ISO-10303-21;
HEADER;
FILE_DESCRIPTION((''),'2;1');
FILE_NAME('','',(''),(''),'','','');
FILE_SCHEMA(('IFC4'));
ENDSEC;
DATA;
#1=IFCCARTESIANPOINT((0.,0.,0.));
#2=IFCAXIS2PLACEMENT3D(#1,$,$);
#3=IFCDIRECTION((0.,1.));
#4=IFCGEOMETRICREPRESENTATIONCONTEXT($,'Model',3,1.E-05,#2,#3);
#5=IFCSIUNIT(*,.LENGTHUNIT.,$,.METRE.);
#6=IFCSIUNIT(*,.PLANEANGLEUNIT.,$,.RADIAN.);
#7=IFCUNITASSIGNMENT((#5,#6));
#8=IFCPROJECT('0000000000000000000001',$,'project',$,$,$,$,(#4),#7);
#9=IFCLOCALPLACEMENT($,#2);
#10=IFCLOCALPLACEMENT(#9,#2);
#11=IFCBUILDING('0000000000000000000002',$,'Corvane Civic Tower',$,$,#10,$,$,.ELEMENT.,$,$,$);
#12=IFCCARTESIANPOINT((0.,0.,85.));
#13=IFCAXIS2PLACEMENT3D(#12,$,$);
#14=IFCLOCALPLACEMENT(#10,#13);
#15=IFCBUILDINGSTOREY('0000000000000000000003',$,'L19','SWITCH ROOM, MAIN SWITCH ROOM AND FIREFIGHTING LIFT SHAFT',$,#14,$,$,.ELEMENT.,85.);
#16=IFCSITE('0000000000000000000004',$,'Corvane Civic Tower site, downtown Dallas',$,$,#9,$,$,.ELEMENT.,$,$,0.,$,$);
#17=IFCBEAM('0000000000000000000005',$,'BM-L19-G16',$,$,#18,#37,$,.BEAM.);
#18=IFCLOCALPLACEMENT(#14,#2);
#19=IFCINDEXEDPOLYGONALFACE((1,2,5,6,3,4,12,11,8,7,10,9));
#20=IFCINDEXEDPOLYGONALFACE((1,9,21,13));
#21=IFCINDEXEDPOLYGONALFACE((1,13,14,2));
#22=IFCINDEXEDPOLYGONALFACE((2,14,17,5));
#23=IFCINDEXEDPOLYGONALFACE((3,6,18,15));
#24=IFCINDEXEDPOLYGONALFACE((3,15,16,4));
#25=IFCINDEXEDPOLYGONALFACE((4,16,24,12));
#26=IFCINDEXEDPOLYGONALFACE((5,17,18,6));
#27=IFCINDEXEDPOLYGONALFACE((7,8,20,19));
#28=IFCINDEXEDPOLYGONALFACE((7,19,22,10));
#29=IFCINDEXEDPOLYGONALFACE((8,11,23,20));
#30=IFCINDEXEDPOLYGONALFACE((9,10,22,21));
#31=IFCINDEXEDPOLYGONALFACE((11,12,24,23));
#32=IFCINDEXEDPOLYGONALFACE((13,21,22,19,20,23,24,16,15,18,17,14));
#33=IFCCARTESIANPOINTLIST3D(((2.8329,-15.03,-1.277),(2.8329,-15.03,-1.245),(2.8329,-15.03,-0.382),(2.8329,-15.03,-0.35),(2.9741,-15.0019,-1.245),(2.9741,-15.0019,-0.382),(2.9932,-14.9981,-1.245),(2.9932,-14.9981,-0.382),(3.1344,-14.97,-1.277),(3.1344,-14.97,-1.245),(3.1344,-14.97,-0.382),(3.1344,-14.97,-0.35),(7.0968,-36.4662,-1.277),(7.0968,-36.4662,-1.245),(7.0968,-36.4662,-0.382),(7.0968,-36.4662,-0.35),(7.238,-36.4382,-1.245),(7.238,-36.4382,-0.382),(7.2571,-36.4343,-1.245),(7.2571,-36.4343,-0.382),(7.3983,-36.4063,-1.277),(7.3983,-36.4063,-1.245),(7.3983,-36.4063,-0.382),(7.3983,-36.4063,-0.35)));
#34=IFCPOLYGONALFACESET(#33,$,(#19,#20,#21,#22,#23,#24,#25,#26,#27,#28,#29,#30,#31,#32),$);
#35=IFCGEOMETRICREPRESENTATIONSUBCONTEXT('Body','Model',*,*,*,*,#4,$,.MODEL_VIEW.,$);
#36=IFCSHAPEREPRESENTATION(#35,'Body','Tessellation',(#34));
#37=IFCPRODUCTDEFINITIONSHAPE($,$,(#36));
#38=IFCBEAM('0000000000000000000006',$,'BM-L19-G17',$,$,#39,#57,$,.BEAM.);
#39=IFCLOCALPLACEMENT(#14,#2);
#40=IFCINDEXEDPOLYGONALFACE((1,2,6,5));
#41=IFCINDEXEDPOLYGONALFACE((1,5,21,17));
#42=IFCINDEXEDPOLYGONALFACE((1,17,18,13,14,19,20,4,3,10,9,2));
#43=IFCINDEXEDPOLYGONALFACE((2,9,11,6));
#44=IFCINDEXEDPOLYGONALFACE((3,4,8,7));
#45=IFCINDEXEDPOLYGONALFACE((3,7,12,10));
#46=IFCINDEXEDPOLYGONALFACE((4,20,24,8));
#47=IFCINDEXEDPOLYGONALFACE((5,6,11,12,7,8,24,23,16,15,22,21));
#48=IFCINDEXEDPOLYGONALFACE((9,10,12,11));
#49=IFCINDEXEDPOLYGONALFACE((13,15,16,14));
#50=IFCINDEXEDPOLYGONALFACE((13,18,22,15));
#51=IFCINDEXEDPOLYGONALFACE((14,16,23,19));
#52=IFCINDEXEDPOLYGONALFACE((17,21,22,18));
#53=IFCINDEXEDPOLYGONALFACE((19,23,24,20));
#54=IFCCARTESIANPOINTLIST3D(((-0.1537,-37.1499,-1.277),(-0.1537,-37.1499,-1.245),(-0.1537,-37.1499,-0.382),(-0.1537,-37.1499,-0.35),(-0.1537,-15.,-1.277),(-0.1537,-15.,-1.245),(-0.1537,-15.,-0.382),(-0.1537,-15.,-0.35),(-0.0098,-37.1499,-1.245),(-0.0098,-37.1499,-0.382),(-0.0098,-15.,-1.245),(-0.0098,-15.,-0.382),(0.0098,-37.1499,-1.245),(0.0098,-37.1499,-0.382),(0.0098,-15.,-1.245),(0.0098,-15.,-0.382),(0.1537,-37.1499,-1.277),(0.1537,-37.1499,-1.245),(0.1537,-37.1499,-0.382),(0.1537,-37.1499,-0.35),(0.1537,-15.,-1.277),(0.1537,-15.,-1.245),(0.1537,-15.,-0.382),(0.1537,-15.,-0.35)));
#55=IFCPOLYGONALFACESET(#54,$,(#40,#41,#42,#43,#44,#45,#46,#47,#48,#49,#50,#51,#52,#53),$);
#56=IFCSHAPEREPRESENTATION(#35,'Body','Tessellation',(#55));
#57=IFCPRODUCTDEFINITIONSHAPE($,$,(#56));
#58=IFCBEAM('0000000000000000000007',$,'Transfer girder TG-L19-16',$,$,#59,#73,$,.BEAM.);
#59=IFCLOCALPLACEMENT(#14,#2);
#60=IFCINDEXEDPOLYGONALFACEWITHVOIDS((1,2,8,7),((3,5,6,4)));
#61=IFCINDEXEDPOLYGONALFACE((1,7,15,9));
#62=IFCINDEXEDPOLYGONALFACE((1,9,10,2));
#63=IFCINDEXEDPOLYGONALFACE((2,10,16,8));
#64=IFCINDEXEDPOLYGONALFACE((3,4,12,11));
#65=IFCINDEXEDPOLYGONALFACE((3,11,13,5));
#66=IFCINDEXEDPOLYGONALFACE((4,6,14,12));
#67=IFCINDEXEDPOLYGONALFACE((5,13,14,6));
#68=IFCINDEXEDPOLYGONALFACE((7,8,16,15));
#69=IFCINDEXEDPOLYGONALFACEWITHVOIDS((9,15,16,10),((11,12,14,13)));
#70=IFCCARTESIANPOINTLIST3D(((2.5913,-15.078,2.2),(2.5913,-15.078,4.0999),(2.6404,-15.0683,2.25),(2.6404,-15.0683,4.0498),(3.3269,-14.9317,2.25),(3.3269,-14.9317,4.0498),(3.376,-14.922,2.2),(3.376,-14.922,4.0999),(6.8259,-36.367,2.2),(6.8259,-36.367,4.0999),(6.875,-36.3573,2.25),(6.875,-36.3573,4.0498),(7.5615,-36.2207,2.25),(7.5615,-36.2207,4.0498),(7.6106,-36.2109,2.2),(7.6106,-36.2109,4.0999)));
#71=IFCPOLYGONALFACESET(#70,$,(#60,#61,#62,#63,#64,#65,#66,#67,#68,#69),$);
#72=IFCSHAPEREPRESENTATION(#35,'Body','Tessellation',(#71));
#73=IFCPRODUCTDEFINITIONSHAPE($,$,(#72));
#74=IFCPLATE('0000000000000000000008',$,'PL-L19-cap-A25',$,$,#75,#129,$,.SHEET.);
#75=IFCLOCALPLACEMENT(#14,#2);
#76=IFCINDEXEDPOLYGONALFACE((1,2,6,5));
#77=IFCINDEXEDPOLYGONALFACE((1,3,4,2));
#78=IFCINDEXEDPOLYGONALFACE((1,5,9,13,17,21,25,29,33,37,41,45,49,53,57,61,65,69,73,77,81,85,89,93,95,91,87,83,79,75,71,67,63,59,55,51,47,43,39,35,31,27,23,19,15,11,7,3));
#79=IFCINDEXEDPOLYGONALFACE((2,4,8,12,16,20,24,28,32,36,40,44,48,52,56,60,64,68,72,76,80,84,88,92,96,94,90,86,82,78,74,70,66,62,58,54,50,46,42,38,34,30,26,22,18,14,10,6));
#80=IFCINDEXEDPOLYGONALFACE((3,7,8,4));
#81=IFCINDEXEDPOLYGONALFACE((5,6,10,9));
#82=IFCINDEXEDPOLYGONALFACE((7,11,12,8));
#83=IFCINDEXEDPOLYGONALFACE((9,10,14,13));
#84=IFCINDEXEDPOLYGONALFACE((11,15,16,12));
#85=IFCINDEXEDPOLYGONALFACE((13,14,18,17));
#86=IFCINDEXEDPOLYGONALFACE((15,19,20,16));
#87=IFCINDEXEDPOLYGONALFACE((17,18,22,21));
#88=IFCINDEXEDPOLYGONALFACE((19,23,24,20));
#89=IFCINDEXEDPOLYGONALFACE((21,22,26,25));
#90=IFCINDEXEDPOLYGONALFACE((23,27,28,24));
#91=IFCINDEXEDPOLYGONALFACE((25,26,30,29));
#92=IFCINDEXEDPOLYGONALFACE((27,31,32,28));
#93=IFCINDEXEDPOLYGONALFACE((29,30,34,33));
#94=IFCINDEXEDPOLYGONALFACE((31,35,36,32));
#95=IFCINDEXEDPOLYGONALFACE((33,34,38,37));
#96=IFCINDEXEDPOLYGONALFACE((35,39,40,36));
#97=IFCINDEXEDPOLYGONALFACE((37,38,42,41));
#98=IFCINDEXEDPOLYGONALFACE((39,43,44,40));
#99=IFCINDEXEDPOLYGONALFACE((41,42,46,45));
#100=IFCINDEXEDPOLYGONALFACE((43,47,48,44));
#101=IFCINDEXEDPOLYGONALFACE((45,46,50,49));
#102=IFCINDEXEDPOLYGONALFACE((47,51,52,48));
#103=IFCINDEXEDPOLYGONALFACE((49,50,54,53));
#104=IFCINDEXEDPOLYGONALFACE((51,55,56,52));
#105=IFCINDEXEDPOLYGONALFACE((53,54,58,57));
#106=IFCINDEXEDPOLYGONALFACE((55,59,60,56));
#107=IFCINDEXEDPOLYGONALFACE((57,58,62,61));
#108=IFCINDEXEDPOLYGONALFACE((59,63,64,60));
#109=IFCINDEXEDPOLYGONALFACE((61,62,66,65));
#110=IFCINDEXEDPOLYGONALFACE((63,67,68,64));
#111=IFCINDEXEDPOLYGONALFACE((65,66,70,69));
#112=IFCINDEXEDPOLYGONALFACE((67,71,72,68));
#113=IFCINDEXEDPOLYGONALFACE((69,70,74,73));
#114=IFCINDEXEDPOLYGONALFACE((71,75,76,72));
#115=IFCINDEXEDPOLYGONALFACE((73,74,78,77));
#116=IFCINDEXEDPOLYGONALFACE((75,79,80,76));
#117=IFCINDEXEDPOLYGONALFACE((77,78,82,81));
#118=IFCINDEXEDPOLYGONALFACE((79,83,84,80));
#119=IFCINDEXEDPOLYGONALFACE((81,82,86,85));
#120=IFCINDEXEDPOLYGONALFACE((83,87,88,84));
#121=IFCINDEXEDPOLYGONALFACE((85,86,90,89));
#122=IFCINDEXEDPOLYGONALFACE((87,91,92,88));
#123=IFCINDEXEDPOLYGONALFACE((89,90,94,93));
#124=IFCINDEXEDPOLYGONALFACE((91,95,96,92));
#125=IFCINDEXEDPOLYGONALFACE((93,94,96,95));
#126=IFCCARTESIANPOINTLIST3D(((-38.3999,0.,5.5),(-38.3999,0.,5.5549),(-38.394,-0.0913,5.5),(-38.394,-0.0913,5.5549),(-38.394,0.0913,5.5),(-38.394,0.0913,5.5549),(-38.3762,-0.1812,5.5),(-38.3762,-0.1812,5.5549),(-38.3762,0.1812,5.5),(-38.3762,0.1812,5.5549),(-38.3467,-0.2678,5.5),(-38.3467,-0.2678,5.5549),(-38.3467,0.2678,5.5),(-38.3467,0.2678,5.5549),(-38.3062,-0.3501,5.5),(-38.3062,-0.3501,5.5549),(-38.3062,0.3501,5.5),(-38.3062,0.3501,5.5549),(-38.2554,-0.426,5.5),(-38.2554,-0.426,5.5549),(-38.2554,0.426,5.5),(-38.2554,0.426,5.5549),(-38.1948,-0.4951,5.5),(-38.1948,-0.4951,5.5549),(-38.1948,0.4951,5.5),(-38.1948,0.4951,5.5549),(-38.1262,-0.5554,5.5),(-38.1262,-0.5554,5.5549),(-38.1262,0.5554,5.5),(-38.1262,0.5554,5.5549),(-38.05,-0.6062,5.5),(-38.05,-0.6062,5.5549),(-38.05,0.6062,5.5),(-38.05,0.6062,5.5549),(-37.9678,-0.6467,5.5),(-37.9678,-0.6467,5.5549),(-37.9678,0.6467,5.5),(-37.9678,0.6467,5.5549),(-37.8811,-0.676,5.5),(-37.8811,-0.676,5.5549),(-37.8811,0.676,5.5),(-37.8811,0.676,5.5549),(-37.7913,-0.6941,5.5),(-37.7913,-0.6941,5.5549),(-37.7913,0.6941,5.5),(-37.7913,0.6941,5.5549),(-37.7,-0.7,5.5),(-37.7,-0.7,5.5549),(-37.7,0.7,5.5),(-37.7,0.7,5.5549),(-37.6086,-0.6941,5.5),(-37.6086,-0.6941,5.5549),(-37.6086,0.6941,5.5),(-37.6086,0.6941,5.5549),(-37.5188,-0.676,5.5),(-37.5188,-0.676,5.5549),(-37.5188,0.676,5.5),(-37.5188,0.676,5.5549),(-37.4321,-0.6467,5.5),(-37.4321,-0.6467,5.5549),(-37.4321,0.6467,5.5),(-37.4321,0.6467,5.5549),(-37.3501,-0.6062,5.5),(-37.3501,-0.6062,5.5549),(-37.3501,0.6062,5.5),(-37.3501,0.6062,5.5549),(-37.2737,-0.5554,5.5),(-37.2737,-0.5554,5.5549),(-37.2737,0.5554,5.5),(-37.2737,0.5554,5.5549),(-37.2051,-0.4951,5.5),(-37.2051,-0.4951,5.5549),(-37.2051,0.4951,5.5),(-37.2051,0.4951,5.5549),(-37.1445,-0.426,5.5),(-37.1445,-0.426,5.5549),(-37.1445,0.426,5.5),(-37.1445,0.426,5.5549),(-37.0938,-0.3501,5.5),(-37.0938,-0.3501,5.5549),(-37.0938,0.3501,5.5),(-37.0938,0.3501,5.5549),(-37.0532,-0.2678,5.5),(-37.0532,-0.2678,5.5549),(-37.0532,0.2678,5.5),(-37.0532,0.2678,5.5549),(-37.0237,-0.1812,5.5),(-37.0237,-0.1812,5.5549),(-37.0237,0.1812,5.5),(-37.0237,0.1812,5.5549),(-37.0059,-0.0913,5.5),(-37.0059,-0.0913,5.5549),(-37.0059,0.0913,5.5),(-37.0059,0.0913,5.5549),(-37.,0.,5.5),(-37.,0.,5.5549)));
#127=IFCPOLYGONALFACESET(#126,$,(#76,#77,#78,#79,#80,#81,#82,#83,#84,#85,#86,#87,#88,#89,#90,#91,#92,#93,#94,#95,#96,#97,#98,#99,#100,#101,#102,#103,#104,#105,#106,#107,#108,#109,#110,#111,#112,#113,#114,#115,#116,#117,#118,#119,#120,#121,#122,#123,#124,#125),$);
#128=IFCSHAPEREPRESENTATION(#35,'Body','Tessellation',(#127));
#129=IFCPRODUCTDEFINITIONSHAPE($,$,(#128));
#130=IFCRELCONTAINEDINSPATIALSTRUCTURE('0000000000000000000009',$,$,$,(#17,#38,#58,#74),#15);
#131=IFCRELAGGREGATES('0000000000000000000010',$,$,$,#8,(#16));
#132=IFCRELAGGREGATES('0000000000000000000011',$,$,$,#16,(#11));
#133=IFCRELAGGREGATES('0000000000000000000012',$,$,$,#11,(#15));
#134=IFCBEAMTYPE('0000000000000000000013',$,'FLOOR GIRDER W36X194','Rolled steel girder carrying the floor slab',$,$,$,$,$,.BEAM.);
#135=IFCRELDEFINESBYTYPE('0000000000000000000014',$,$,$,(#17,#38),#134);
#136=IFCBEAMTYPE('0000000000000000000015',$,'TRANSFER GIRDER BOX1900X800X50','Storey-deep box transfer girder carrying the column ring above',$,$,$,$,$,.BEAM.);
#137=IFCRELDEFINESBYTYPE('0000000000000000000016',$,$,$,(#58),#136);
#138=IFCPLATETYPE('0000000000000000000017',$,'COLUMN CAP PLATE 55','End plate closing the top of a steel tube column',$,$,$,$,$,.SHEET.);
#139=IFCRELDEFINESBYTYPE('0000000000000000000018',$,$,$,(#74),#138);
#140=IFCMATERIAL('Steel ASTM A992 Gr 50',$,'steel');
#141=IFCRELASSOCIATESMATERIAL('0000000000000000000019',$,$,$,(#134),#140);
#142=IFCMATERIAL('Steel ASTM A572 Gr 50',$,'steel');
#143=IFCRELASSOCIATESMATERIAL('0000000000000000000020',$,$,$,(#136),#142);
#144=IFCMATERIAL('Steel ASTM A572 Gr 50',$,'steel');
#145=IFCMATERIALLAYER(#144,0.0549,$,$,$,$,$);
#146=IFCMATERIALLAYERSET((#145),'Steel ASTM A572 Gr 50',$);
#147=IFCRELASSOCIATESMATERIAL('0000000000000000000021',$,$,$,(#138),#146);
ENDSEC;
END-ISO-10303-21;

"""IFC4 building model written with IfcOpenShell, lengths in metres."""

from ifc_helpers import new_model, si_unit, direction, frame, origin, origin_2d, place, context, subcontext, project, spatial, polyline, hollow_rectangle, i_section, outline, extrude, material, layer, layer_set, material_profile, profile_set, type_object, element, save


model = new_model("IFC4")

# Units and contexts
model_context = context("Model", 3, precision=1e-05, world=origin(), true_north=direction((0.0, 1.0)))
body_context = subcontext(model_context, "Body", "Model", "MODEL_VIEW")
ifc_project = project(units=[si_unit("LENGTHUNIT", "METRE"), si_unit("PLANEANGLEUNIT", "RADIAN")], contexts=[model_context])

# Site, building, storey
site_placement = place(None, origin())
site = spatial("IfcSite", under=ifc_project, at=site_placement, Name="Corvane Civic Tower site, downtown Dallas", CompositionType="ELEMENT", RefElevation=0.0)
building_placement = place(site_placement, origin())
building = spatial("IfcBuilding", under=site, at=building_placement, Name="Corvane Civic Tower", CompositionType="ELEMENT")
storey_placement = place(building_placement, frame((0.0, 0.0, 85.0)))
storey = spatial("IfcBuildingStorey", under=building, at=storey_placement, Name="L19", Description="SWITCH ROOM, MAIN SWITCH ROOM AND FIREFIGHTING LIFT SHAFT", CompositionType="ELEMENT", Elevation=85.0)

# Beams
ifc_material_1 = material(Name="Steel ASTM A992 Gr 50", Category="steel")
ifc_material_profile_1 = material_profile(ifc_material_1, i_section(OverallWidth=0.3074, OverallDepth=0.927, WebThickness=0.0195, FlangeThickness=0.032, at=origin_2d()), Name="W36X194")
ifc_profile_set_1 = profile_set([ifc_material_profile_1], Name="Steel ASTM A992 Gr 50")
beam_type_1 = type_object("IfcBeamType", Name="FLOOR GIRDER W36X194", Description="Rolled steel girder carrying the floor slab", PredefinedType="BEAM", material=ifc_profile_set_1)
beam_1_placement = place(storey_placement, frame((2.9836, -15.0, -0.8135), z_axis=(0.195089, -0.980785, 0.0), x_axis=(0.980785, 0.195089, 0.0)))
element("IfcBeam", 1, at=beam_1_placement, inside=storey, type_object=beam_type_1, Name="BM-L19-G16", PredefinedType="BEAM", context=body_context, shape_type="SweptSolid", body=[
    extrude(i_section(OverallWidth=0.3074, OverallDepth=0.927, WebThickness=0.0195, FlangeThickness=0.032, at=origin_2d()), origin(), (0.0, 0.0, 1.0), 21.8562),
])
beam_2_placement = place(storey_placement, frame((0.0, -15.0, -0.8135), z_axis=(0.0, -1.0, 0.0), x_axis=(1.0, 0.0, 0.0)))
element("IfcBeam", 2, at=beam_2_placement, inside=storey, type_object=beam_type_1, Name="BM-L19-G17", PredefinedType="BEAM", context=body_context, shape_type="SweptSolid", body=[
    extrude(i_section(OverallWidth=0.3074, OverallDepth=0.927, WebThickness=0.0195, FlangeThickness=0.032, at=origin_2d()), origin(), (0.0, 0.0, 1.0), 22.1499),
])
ifc_material_2 = material(Name="Steel ASTM A572 Gr 50", Category="steel")
ifc_material_profile_2 = material_profile(ifc_material_2, hollow_rectangle(XDim=0.8, YDim=1.8999, WallThickness=0.05, at=origin_2d()), Name="BOX1900X800X50")
ifc_profile_set_2 = profile_set([ifc_material_profile_2], Name="Steel ASTM A572 Gr 50")
beam_type_2 = type_object("IfcBeamType", Name="TRANSFER GIRDER BOX1900X800X50", Description="Storey-deep box transfer girder carrying the column ring above", PredefinedType="BEAM", material=ifc_profile_set_2)
beam_3_placement = place(storey_placement, frame((2.9836, -15.0, 3.1499), z_axis=(0.195089, -0.980786, 0.0), x_axis=(0.980786, 0.195089, 0.0)))
element("IfcBeam", 3, at=beam_3_placement, inside=storey, type_object=beam_type_2, Name="Transfer girder TG-L19-16", PredefinedType="BEAM", context=body_context, shape_type="SweptSolid", body=[
    extrude(hollow_rectangle(XDim=0.8, YDim=1.8999, WallThickness=0.05, at=origin_2d()), origin(), (0.0, 0.0, 1.0), 21.7061),
])

# Plate
ifc_material_3 = material(Name="Steel ASTM A572 Gr 50", Category="steel")
ifc_layer_1 = layer(ifc_material_3, 0.0549)
ifc_layer_set_1 = layer_set([ifc_layer_1], Name="Steel ASTM A572 Gr 50")
plate_type = type_object("IfcPlateType", Name="COLUMN CAP PLATE 55", Description="End plate closing the top of a steel tube column", PredefinedType="SHEET", material=ifc_layer_set_1)
plate_1_placement = place(storey_placement, frame((0.0, 0.0, 5.5)))
element("IfcPlate", 4, at=plate_1_placement, inside=storey, type_object=plate_type, Name="PL-L19-cap-A25", PredefinedType="SHEET", context=body_context, shape_type="SweptSolid", body=[
    extrude(outline(polyline([(-37.0, 0.0), (-37.0059, 0.0913), (-37.0237, 0.1812), (-37.0532, 0.2678), (-37.0938, 0.3501), (-37.1445, 0.426), (-37.2051, 0.4951), (-37.2737, 0.5554), (-37.3501, 0.6062), (-37.4321, 0.6467), (-37.5188, 0.676), (-37.6086, 0.6941), (-37.7, 0.7), (-37.7913, 0.6941), (-37.8811, 0.676), (-37.9678, 0.6467), (-38.05, 0.6062), (-38.1262, 0.5554), (-38.1948, 0.4951), (-38.2554, 0.426), (-38.3062, 0.3501), (-38.3467, 0.2678), (-38.3762, 0.1812), (-38.394, 0.0913), (-38.3999, 0.0), (-38.394, -0.0913), (-38.3762, -0.1812), (-38.3467, -0.2678), (-38.3062, -0.3501), (-38.2554, -0.426), (-38.1948, -0.4951), (-38.1262, -0.5554), (-38.05, -0.6062), (-37.9678, -0.6467), (-37.8811, -0.676), (-37.7913, -0.6941), (-37.7, -0.7), (-37.6086, -0.6941), (-37.5188, -0.676), (-37.4321, -0.6467), (-37.3501, -0.6062), (-37.2737, -0.5554), (-37.2051, -0.4951), (-37.1445, -0.426), (-37.0938, -0.3501), (-37.0532, -0.2678), (-37.0237, -0.1812), (-37.0059, -0.0913), (-37.0, 0.0)])), origin(), (0.0, 0.0, 1.0), 0.0549),
])

save(model, "model.ifc")
